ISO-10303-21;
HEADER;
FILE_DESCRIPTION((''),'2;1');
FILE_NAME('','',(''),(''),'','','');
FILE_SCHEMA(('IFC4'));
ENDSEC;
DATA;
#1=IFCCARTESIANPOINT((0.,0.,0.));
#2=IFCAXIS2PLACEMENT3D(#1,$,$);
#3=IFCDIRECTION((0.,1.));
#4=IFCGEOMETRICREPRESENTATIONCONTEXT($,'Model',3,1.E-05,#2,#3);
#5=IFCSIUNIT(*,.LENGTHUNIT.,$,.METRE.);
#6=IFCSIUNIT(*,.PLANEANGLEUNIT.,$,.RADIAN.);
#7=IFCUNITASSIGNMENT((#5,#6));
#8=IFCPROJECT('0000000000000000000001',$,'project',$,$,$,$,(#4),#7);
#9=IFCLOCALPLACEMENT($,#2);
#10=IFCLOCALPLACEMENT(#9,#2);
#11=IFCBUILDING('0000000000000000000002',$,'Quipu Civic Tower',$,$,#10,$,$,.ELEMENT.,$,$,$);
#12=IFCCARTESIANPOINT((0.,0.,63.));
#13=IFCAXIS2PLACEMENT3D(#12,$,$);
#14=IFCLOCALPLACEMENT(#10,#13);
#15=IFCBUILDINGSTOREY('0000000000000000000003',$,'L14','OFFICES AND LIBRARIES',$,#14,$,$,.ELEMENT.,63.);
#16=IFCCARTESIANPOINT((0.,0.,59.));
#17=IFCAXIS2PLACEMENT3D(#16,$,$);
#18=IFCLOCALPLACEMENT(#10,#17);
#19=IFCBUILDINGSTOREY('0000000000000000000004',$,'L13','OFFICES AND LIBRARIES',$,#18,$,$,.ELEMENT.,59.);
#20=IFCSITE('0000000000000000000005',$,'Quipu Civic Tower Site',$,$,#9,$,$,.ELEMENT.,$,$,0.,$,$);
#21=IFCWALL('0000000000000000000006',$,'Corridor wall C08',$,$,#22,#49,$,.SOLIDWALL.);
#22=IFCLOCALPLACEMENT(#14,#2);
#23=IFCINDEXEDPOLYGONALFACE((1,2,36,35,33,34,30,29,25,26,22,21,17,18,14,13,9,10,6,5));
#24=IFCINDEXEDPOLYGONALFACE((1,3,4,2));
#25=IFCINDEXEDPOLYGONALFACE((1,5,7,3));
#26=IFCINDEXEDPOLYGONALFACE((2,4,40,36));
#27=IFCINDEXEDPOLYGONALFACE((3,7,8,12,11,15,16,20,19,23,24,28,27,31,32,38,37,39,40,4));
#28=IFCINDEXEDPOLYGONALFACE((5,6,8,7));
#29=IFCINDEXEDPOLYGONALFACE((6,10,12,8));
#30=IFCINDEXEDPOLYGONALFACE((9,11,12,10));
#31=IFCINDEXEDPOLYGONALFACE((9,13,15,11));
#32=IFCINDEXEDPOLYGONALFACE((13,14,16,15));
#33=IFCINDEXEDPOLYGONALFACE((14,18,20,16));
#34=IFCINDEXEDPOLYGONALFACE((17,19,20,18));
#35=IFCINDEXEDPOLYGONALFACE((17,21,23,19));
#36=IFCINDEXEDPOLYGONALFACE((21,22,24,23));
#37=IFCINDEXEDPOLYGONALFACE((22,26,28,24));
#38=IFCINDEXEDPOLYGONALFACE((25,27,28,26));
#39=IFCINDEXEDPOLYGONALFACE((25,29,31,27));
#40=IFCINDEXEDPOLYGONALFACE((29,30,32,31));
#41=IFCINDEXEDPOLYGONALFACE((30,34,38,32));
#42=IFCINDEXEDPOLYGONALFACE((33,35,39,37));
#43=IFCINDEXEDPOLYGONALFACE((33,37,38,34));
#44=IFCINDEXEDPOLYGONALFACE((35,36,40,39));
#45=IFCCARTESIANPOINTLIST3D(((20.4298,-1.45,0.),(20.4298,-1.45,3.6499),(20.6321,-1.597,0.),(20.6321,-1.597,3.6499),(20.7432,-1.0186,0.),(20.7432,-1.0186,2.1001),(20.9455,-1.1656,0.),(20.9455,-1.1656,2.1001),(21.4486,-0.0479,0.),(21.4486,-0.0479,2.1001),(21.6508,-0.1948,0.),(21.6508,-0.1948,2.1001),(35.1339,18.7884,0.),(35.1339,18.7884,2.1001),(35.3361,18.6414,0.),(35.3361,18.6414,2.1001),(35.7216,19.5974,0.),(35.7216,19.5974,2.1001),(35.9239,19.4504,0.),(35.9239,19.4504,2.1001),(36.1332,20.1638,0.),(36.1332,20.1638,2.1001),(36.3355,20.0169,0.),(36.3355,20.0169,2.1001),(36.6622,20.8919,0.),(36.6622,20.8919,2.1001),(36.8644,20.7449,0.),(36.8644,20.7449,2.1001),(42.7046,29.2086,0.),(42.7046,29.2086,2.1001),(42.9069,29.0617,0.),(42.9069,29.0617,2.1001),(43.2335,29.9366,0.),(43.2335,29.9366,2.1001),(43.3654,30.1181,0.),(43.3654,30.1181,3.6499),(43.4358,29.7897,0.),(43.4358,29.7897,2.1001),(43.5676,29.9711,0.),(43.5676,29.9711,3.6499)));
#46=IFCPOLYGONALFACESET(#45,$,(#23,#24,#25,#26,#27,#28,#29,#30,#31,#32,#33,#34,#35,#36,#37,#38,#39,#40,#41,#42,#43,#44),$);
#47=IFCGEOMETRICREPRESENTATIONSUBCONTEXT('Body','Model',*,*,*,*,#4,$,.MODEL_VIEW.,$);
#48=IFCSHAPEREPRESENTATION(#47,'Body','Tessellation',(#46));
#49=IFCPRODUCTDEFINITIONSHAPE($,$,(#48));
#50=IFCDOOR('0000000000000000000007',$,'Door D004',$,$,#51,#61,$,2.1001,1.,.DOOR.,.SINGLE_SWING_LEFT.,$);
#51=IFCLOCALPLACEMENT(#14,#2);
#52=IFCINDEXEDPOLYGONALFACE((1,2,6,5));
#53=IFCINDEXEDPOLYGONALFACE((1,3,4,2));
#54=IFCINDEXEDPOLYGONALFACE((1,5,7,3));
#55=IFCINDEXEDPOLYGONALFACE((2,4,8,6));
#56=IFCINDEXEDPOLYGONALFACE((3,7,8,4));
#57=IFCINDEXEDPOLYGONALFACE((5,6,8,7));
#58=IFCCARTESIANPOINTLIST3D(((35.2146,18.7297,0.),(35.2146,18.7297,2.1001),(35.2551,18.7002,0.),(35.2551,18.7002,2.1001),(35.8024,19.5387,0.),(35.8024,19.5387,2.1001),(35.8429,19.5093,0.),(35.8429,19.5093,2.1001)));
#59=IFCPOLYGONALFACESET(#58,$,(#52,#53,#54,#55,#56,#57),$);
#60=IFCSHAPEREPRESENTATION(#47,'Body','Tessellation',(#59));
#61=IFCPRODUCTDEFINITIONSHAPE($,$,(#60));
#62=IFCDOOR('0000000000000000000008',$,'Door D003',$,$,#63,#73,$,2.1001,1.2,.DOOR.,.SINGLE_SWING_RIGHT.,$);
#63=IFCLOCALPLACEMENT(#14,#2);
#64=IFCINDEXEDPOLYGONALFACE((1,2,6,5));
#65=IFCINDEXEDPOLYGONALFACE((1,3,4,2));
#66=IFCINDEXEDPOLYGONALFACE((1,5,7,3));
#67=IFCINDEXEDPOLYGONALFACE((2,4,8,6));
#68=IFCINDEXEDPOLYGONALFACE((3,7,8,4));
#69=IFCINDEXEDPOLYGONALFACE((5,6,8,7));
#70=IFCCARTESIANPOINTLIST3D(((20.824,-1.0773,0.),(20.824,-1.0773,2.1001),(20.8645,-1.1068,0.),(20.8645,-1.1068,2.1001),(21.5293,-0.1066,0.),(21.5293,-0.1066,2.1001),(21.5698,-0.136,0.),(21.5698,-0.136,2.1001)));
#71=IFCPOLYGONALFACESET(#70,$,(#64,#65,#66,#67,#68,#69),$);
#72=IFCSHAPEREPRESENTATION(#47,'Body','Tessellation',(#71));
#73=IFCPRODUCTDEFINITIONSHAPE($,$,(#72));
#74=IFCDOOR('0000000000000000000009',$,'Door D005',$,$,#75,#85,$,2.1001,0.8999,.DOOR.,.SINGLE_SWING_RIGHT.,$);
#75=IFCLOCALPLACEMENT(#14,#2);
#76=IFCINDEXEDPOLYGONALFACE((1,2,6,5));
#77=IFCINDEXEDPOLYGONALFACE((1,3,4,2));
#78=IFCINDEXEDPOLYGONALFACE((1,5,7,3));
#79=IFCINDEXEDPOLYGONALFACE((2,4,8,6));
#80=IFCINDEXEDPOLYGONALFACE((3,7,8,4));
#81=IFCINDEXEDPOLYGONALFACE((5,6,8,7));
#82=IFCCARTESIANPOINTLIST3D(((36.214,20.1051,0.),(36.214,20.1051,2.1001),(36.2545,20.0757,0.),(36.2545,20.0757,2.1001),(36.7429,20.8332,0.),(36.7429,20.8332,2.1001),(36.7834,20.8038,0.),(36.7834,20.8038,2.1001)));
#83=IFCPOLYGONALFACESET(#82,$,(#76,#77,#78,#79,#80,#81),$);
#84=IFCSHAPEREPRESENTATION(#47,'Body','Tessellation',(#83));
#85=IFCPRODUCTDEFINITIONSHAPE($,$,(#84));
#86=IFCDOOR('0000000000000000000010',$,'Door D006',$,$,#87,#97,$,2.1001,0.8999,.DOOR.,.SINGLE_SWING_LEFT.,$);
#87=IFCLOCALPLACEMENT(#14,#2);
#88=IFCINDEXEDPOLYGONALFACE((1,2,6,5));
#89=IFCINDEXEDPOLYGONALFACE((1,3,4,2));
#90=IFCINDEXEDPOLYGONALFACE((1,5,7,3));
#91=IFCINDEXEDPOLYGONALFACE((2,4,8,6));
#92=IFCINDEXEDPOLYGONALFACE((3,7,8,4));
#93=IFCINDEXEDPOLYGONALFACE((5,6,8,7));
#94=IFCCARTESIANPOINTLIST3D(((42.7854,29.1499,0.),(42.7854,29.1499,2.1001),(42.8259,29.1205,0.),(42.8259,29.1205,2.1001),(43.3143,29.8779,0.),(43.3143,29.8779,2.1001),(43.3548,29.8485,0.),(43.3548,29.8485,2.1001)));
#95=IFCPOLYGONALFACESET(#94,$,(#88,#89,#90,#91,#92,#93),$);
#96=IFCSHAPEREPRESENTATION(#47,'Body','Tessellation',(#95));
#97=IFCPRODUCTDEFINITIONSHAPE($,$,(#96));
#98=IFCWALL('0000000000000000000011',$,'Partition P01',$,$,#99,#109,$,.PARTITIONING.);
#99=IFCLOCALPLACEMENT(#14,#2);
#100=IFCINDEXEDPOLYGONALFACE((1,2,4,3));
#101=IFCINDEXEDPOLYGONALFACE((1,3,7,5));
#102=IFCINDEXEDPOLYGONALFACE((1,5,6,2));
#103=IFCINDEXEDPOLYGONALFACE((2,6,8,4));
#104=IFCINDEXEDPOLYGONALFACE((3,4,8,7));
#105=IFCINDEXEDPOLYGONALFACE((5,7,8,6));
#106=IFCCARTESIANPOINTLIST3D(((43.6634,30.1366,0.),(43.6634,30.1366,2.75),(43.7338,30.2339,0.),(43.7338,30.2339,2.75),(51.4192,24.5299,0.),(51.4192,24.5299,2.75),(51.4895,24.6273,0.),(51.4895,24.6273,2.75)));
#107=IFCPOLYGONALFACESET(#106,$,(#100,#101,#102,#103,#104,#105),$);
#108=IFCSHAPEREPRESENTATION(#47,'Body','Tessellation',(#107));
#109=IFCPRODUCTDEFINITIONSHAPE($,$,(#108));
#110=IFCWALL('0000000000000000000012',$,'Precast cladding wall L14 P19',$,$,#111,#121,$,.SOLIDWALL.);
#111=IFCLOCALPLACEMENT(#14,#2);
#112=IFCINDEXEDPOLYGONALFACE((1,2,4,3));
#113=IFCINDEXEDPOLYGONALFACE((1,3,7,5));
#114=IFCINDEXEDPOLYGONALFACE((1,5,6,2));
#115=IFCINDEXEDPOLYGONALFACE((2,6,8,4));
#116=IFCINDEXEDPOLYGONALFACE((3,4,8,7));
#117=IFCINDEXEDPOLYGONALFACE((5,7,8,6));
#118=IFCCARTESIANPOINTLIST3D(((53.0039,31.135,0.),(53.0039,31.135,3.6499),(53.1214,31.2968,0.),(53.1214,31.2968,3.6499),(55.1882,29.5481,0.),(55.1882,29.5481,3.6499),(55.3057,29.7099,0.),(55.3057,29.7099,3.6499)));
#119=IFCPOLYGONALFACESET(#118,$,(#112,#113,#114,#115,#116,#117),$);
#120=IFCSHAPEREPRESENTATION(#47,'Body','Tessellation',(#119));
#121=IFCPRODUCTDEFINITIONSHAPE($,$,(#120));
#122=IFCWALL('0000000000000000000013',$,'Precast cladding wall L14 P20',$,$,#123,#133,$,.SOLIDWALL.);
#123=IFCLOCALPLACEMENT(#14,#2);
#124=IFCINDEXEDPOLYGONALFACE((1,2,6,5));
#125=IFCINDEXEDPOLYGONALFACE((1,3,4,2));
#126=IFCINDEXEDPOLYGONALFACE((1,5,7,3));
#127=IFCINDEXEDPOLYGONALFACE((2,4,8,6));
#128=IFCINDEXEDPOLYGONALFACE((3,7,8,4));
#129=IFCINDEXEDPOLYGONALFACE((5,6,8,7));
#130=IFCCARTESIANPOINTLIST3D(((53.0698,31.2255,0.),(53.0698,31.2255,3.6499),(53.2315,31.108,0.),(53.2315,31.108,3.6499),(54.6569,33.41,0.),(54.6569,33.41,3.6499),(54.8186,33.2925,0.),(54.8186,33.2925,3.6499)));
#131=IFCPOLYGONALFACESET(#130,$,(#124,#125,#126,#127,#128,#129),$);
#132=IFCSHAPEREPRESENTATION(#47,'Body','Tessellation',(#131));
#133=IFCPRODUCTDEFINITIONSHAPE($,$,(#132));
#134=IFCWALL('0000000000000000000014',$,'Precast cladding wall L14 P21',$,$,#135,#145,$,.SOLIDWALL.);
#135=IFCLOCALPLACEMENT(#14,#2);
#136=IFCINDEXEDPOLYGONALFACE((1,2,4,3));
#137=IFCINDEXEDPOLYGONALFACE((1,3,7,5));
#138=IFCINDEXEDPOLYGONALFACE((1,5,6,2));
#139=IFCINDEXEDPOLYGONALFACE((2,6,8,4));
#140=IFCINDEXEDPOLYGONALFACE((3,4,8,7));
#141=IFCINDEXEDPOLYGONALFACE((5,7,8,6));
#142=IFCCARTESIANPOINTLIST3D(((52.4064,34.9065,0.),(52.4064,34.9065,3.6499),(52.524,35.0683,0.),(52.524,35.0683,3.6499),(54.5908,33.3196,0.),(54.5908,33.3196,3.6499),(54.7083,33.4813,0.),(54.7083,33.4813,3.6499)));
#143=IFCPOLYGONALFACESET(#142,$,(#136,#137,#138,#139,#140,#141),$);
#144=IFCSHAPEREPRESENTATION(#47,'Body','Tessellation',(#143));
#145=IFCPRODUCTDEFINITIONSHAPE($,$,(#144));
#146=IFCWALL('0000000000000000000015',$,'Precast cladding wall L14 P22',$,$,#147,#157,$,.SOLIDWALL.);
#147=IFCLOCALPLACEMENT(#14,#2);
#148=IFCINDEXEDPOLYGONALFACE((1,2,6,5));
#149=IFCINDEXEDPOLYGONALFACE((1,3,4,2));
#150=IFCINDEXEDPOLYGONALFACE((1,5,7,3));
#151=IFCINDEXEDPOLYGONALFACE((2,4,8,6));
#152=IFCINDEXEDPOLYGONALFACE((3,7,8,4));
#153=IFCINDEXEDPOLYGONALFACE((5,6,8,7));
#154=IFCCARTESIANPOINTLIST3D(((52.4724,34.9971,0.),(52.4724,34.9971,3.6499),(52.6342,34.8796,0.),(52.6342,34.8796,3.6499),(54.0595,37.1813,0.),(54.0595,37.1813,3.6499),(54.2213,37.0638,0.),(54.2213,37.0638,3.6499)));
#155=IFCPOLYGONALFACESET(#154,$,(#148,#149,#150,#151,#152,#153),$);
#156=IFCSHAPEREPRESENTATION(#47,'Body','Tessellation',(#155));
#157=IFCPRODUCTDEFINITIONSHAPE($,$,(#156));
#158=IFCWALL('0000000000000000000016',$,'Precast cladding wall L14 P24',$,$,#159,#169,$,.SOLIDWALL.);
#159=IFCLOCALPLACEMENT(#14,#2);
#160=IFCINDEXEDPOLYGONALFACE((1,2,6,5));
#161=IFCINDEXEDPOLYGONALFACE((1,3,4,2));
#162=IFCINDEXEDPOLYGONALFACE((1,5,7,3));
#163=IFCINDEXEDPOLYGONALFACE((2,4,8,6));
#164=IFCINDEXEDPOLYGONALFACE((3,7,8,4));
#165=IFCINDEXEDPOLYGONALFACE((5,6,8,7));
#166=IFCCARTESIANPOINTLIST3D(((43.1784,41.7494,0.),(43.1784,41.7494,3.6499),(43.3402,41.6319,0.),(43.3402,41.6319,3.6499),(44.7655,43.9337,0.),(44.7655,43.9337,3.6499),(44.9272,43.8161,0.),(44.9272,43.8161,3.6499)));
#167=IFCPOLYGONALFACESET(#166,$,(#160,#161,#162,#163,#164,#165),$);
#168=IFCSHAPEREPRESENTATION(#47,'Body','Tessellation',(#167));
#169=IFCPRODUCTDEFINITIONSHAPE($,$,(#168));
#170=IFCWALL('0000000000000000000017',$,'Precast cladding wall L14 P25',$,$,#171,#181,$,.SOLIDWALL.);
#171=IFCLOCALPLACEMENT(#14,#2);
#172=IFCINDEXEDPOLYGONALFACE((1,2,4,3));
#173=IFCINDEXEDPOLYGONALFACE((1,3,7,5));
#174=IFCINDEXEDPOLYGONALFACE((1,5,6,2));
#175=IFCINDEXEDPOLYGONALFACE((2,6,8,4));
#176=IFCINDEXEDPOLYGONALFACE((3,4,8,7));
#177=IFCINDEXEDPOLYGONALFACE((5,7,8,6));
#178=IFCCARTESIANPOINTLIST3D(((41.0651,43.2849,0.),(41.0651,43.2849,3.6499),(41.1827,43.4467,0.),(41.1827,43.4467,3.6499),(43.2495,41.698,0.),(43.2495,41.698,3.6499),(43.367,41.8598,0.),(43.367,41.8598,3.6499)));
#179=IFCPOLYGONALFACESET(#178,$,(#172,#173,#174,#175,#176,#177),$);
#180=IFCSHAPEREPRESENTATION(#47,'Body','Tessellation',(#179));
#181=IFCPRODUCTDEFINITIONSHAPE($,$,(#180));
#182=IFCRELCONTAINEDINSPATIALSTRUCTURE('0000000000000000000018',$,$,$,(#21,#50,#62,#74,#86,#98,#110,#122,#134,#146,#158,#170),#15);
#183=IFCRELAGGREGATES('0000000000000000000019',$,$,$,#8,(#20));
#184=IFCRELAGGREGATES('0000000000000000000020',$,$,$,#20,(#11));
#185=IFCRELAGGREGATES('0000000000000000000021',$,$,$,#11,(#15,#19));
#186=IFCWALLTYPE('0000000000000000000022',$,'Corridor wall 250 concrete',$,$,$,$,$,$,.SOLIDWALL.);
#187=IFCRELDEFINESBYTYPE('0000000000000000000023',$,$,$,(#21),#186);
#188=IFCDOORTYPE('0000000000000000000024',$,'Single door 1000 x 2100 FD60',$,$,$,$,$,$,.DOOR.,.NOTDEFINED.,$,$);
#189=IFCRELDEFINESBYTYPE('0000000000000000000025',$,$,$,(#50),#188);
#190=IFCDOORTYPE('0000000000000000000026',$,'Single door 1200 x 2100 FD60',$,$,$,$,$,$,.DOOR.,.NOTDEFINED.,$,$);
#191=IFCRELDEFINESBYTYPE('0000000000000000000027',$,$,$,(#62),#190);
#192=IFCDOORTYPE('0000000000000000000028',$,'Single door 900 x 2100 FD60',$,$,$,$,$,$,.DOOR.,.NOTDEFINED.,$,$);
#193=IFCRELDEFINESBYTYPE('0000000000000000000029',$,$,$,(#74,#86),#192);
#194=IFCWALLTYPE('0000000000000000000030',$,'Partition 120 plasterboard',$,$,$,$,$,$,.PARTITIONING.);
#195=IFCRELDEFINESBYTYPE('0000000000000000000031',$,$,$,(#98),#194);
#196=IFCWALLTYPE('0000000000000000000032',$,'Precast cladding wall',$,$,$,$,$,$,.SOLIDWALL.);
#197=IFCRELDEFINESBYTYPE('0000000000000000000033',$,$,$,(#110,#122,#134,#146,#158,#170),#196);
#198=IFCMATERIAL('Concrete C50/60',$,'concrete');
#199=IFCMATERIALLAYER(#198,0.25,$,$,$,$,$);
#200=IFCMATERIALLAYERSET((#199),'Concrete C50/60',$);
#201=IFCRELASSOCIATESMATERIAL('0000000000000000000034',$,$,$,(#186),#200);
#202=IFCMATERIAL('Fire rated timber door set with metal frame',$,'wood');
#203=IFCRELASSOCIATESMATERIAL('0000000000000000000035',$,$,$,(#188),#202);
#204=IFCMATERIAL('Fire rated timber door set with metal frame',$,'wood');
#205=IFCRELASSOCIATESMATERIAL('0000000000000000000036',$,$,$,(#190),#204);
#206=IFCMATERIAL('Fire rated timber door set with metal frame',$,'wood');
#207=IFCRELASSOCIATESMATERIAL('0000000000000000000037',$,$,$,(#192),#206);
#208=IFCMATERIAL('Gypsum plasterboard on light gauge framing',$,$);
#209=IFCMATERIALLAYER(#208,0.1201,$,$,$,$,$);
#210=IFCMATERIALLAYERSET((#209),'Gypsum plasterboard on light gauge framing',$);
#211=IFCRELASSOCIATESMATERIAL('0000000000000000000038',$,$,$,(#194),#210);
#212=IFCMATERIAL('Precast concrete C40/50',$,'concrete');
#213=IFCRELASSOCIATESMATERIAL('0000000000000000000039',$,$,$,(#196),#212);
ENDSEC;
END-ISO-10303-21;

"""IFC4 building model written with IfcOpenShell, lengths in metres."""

from ifc_helpers import new_model, si_unit, direction, frame, frame_2d, origin, place, context, subcontext, project, spatial, rectangle, extrude, material, layer, layer_set, type_object, element, fill, save


model = new_model("IFC4")

# Units and contexts
model_context = context("Model", 3, precision=1e-05, world=origin(), true_north=direction((0.0, 1.0)))
body_context = subcontext(model_context, "Body", "Model", "MODEL_VIEW")
ifc_project = project(units=[si_unit("LENGTHUNIT", "METRE"), si_unit("PLANEANGLEUNIT", "RADIAN")], contexts=[model_context])

# Site, building, storey
site_placement = place(None, origin())
site = spatial("IfcSite", under=ifc_project, at=site_placement, Name="Quipu Civic Tower Site", CompositionType="ELEMENT", RefElevation=0.0)
building_placement = place(site_placement, origin())
building = spatial("IfcBuilding", under=site, at=building_placement, Name="Quipu Civic Tower", CompositionType="ELEMENT")
storey_1_placement = place(building_placement, frame((0.0, 0.0, 63.0)))
storey_1 = spatial("IfcBuildingStorey", under=building, at=storey_1_placement, Name="L14", Description="OFFICES AND LIBRARIES", CompositionType="ELEMENT", Elevation=63.0)

# Shared definitions
storey_2_placement = place(building_placement, frame((0.0, 0.0, 59.0)))
storey_2 = spatial("IfcBuildingStorey", under=building, at=storey_2_placement, Name="L13", Description="OFFICES AND LIBRARIES", CompositionType="ELEMENT", Elevation=59.0)

# Wall, openings, doors
ifc_material_1 = material(Name="Concrete C50/60", Category="concrete")
ifc_layer_1 = layer(ifc_material_1, 0.25)
ifc_layer_set_1 = layer_set([ifc_layer_1], Name="Concrete C50/60")
wall_type_1 = type_object("IfcWallType", Name="Corridor wall 250 concrete", PredefinedType="SOLIDWALL", material=ifc_layer_set_1)
wall_1_placement = place(storey_1_placement, frame((43.4666, 30.0447, 0.0), z_axis=(0.0, 0.0, 1.0), x_axis=(-0.587785, -0.809017, 0.0)))
wall_1 = element("IfcWall", 1, at=wall_1_placement, inside=storey_1, type_object=wall_type_1, Name="Corridor wall C08", PredefinedType="SOLIDWALL", context=body_context, shape_type="SweptSolid", body=[
    extrude(rectangle(XDim=39.0203, YDim=0.25, at=frame_2d((19.5103, 0.0))), origin(), (0.0, 0.0, 1.0), 3.6499),
])
opening_1_placement = place(wall_1_placement, frame((11.4043, 0.0, 0.0)))
opening_1 = element("IfcOpeningElement", 2, at=opening_1_placement, cuts=wall_1, PredefinedType="OPENING", context=body_context, shape_type="SweptSolid", body=[
    extrude(rectangle(XDim=0.8999, YDim=2.1001, at=frame_2d((0.45, 1.05))), frame((0.0, 0.135, 0.0), z_axis=(0.0, -1.0, 0.0), x_axis=(1.0, 0.0, 0.0)), (0.0, 0.0, 1.0), 0.27),
])
opening_2_placement = place(wall_1_placement, frame((13.0044, 0.0, 0.0)))
opening_2 = element("IfcOpeningElement", 3, at=opening_2_placement, cuts=wall_1, PredefinedType="OPENING", context=body_context, shape_type="SweptSolid", body=[
    extrude(rectangle(XDim=1.0, YDim=2.1001, at=frame_2d((0.5, 1.05))), frame((0.0, 0.135, 0.0), z_axis=(0.0, -1.0, 0.0), x_axis=(1.0, 0.0, 0.0)), (0.0, 0.0, 1.0), 0.27),
])
opening_3_placement = place(wall_1_placement, frame((37.2871, 0.0, 0.0)))
opening_3 = element("IfcOpeningElement", 4, at=opening_3_placement, cuts=wall_1, PredefinedType="OPENING", context=body_context, shape_type="SweptSolid", body=[
    extrude(rectangle(XDim=1.2, YDim=2.1001, at=frame_2d((0.6001, 1.05))), frame((0.0, 0.135, 0.0), z_axis=(0.0, -1.0, 0.0), x_axis=(1.0, 0.0, 0.0)), (0.0, 0.0, 1.0), 0.27),
])
opening_4_placement = place(wall_1_placement, frame((0.2244, 0.0, 0.0)))
opening_4 = element("IfcOpeningElement", 5, at=opening_4_placement, cuts=wall_1, PredefinedType="OPENING", context=body_context, shape_type="SweptSolid", body=[
    extrude(rectangle(XDim=0.8999, YDim=2.1001, at=frame_2d((0.45, 1.05))), frame((0.0, 0.135, 0.0), z_axis=(0.0, -1.0, 0.0), x_axis=(1.0, 0.0, 0.0)), (0.0, 0.0, 1.0), 0.27),
])
ifc_material_2 = material(Name="Fire rated timber door set with metal frame", Category="wood")
door_type_1 = type_object("IfcDoorType", Name="Single door 1000 x 2100 FD60", OperationType="NOTDEFINED", PredefinedType="DOOR", material=ifc_material_2)
door_1_placement = place(opening_2_placement, origin())
door_1 = element("IfcDoor", 6, at=door_1_placement, inside=storey_1, type_object=door_type_1, Name="Door D004", OperationType="SINGLE_SWING_LEFT", OverallHeight=2.1001, OverallWidth=1.0, PredefinedType="DOOR", context=body_context, shape_type="SweptSolid", body=[
    extrude(rectangle(XDim=1.0, YDim=2.1001, at=frame_2d((0.5, 1.05))), frame((0.0, 0.0249, 0.0), z_axis=(0.0, -1.0, 0.0), x_axis=(1.0, 0.0, 0.0)), (0.0, 0.0, 1.0), 0.05),
])
fill(opening_2, door_1)
ifc_material_3 = material(Name="Fire rated timber door set with metal frame", Category="wood")
door_type_2 = type_object("IfcDoorType", Name="Single door 1200 x 2100 FD60", OperationType="NOTDEFINED", PredefinedType="DOOR", material=ifc_material_3)
door_2_placement = place(opening_3_placement, origin())
door_2 = element("IfcDoor", 7, at=door_2_placement, inside=storey_1, type_object=door_type_2, Name="Door D003", OperationType="SINGLE_SWING_RIGHT", OverallHeight=2.1001, OverallWidth=1.2, PredefinedType="DOOR", context=body_context, shape_type="SweptSolid", body=[
    extrude(rectangle(XDim=1.2, YDim=2.1001, at=frame_2d((0.6001, 1.05))), frame((0.0, 0.0249, 0.0), z_axis=(0.0, -1.0, 0.0), x_axis=(1.0, 0.0, 0.0)), (0.0, 0.0, 1.0), 0.05),
])
fill(opening_3, door_2)
ifc_material_4 = material(Name="Fire rated timber door set with metal frame", Category="wood")
door_type_3 = type_object("IfcDoorType", Name="Single door 900 x 2100 FD60", OperationType="NOTDEFINED", PredefinedType="DOOR", material=ifc_material_4)
door_3_placement = place(opening_1_placement, origin())
door_3 = element("IfcDoor", 8, at=door_3_placement, inside=storey_1, type_object=door_type_3, Name="Door D005", OperationType="SINGLE_SWING_RIGHT", OverallHeight=2.1001, OverallWidth=0.8999, PredefinedType="DOOR", context=body_context, shape_type="SweptSolid", body=[
    extrude(rectangle(XDim=0.8999, YDim=2.1001, at=frame_2d((0.45, 1.05))), frame((0.0, 0.0249, 0.0), z_axis=(0.0, -1.0, 0.0), x_axis=(1.0, 0.0, 0.0)), (0.0, 0.0, 1.0), 0.05),
])
fill(opening_1, door_3)
door_4_placement = place(opening_4_placement, origin())
door_4 = element("IfcDoor", 9, at=door_4_placement, inside=storey_1, type_object=door_type_3, Name="Door D006", OperationType="SINGLE_SWING_LEFT", OverallHeight=2.1001, OverallWidth=0.8999, PredefinedType="DOOR", context=body_context, shape_type="SweptSolid", body=[
    extrude(rectangle(XDim=0.8999, YDim=2.1001, at=frame_2d((0.45, 1.05))), frame((0.0, 0.0249, 0.0), z_axis=(0.0, -1.0, 0.0), x_axis=(1.0, 0.0, 0.0)), (0.0, 0.0, 1.0), 0.05),
])
fill(opening_4, door_4)

# Walls
ifc_material_5 = material(Name="Gypsum plasterboard on light gauge framing")
ifc_layer_2 = layer(ifc_material_5, 0.1201)
ifc_layer_set_2 = layer_set([ifc_layer_2], Name="Gypsum plasterboard on light gauge framing")
wall_type_2 = type_object("IfcWallType", Name="Partition 120 plasterboard", PredefinedType="PARTITIONING", material=ifc_layer_set_2)
wall_2_placement = place(storey_1_placement, frame((43.6985, 30.1853, 0.0), z_axis=(0.0, 0.0, 1.0), x_axis=(0.810419, -0.58585, 0.0)))
element("IfcWall", 10, at=wall_2_placement, inside=storey_1, type_object=wall_type_2, Name="Partition P01", PredefinedType="PARTITIONING", context=body_context, shape_type="SweptSolid", body=[
    extrude(rectangle(XDim=9.5701, YDim=0.1201, at=frame_2d((4.7852, 0.0))), origin(), (0.0, 0.0, 1.0), 2.75),
])
ifc_material_6 = material(Name="Precast concrete C40/50", Category="concrete")
wall_type_3 = type_object("IfcWallType", Name="Precast cladding wall", PredefinedType="SOLIDWALL", material=ifc_material_6)
wall_3_placement = place(storey_1_placement, frame((55.2471, 29.6289, 0.0), z_axis=(0.0, 0.0, 1.0), x_axis=(-0.809033, 0.587763, 0.0)))
element("IfcWall", 11, at=wall_3_placement, inside=storey_1, type_object=wall_type_3, Name="Precast cladding wall L14 P19", PredefinedType="SOLIDWALL", context=body_context, shape_type="SweptSolid", body=[
    extrude(rectangle(XDim=2.7, YDim=0.2, at=frame_2d((1.3501, 0.0))), origin(), (0.0, 0.0, 1.0), 3.6499),
])
wall_4_placement = place(storey_1_placement, frame((53.1506, 31.1667, 0.0), z_axis=(0.0, 0.0, 1.0), x_axis=(0.587779, 0.809021, 0.0)))
element("IfcWall", 12, at=wall_4_placement, inside=storey_1, type_object=wall_type_3, Name="Precast cladding wall L14 P20", PredefinedType="SOLIDWALL", context=body_context, shape_type="SweptSolid", body=[
    extrude(rectangle(XDim=2.7002, YDim=0.2, at=frame_2d((1.3501, 0.0))), origin(), (0.0, 0.0, 1.0), 3.6499),
])
for number, where, z_axis, x_axis, name in (
    (13, (54.6497, 33.4004, 0.0), (0.0, 0.0, 1.0), (-0.809033, 0.587763, 0.0), "Precast cladding wall L14 P21"),
    (14, (52.5532, 34.9382, 0.0), (0.0, 0.0, 1.0), (0.587822, 0.80899, 0.0), "Precast cladding wall L14 P22"),
    (15, (44.8464, 43.875, 0.0), (0.0, 0.0, 1.0), (-0.587822, -0.80899, 0.0), "Precast cladding wall L14 P24"),
    (16, (43.3083, 41.7788, 0.0), (0.0, 0.0, 1.0), (-0.809033, 0.587763, 0.0), "Precast cladding wall L14 P25"),
):
    element("IfcWall", number, at=place(storey_1_placement, frame(where, z_axis=z_axis, x_axis=x_axis)), inside=storey_1, type_object=wall_type_3, Name=name, PredefinedType="SOLIDWALL", context=body_context, shape_type="SweptSolid", body=[
        extrude(rectangle(XDim=2.7, YDim=0.2, at=frame_2d((1.3501, 0.0))), origin(), (0.0, 0.0, 1.0), 3.6499),
    ])

save(model, "model.ifc")
